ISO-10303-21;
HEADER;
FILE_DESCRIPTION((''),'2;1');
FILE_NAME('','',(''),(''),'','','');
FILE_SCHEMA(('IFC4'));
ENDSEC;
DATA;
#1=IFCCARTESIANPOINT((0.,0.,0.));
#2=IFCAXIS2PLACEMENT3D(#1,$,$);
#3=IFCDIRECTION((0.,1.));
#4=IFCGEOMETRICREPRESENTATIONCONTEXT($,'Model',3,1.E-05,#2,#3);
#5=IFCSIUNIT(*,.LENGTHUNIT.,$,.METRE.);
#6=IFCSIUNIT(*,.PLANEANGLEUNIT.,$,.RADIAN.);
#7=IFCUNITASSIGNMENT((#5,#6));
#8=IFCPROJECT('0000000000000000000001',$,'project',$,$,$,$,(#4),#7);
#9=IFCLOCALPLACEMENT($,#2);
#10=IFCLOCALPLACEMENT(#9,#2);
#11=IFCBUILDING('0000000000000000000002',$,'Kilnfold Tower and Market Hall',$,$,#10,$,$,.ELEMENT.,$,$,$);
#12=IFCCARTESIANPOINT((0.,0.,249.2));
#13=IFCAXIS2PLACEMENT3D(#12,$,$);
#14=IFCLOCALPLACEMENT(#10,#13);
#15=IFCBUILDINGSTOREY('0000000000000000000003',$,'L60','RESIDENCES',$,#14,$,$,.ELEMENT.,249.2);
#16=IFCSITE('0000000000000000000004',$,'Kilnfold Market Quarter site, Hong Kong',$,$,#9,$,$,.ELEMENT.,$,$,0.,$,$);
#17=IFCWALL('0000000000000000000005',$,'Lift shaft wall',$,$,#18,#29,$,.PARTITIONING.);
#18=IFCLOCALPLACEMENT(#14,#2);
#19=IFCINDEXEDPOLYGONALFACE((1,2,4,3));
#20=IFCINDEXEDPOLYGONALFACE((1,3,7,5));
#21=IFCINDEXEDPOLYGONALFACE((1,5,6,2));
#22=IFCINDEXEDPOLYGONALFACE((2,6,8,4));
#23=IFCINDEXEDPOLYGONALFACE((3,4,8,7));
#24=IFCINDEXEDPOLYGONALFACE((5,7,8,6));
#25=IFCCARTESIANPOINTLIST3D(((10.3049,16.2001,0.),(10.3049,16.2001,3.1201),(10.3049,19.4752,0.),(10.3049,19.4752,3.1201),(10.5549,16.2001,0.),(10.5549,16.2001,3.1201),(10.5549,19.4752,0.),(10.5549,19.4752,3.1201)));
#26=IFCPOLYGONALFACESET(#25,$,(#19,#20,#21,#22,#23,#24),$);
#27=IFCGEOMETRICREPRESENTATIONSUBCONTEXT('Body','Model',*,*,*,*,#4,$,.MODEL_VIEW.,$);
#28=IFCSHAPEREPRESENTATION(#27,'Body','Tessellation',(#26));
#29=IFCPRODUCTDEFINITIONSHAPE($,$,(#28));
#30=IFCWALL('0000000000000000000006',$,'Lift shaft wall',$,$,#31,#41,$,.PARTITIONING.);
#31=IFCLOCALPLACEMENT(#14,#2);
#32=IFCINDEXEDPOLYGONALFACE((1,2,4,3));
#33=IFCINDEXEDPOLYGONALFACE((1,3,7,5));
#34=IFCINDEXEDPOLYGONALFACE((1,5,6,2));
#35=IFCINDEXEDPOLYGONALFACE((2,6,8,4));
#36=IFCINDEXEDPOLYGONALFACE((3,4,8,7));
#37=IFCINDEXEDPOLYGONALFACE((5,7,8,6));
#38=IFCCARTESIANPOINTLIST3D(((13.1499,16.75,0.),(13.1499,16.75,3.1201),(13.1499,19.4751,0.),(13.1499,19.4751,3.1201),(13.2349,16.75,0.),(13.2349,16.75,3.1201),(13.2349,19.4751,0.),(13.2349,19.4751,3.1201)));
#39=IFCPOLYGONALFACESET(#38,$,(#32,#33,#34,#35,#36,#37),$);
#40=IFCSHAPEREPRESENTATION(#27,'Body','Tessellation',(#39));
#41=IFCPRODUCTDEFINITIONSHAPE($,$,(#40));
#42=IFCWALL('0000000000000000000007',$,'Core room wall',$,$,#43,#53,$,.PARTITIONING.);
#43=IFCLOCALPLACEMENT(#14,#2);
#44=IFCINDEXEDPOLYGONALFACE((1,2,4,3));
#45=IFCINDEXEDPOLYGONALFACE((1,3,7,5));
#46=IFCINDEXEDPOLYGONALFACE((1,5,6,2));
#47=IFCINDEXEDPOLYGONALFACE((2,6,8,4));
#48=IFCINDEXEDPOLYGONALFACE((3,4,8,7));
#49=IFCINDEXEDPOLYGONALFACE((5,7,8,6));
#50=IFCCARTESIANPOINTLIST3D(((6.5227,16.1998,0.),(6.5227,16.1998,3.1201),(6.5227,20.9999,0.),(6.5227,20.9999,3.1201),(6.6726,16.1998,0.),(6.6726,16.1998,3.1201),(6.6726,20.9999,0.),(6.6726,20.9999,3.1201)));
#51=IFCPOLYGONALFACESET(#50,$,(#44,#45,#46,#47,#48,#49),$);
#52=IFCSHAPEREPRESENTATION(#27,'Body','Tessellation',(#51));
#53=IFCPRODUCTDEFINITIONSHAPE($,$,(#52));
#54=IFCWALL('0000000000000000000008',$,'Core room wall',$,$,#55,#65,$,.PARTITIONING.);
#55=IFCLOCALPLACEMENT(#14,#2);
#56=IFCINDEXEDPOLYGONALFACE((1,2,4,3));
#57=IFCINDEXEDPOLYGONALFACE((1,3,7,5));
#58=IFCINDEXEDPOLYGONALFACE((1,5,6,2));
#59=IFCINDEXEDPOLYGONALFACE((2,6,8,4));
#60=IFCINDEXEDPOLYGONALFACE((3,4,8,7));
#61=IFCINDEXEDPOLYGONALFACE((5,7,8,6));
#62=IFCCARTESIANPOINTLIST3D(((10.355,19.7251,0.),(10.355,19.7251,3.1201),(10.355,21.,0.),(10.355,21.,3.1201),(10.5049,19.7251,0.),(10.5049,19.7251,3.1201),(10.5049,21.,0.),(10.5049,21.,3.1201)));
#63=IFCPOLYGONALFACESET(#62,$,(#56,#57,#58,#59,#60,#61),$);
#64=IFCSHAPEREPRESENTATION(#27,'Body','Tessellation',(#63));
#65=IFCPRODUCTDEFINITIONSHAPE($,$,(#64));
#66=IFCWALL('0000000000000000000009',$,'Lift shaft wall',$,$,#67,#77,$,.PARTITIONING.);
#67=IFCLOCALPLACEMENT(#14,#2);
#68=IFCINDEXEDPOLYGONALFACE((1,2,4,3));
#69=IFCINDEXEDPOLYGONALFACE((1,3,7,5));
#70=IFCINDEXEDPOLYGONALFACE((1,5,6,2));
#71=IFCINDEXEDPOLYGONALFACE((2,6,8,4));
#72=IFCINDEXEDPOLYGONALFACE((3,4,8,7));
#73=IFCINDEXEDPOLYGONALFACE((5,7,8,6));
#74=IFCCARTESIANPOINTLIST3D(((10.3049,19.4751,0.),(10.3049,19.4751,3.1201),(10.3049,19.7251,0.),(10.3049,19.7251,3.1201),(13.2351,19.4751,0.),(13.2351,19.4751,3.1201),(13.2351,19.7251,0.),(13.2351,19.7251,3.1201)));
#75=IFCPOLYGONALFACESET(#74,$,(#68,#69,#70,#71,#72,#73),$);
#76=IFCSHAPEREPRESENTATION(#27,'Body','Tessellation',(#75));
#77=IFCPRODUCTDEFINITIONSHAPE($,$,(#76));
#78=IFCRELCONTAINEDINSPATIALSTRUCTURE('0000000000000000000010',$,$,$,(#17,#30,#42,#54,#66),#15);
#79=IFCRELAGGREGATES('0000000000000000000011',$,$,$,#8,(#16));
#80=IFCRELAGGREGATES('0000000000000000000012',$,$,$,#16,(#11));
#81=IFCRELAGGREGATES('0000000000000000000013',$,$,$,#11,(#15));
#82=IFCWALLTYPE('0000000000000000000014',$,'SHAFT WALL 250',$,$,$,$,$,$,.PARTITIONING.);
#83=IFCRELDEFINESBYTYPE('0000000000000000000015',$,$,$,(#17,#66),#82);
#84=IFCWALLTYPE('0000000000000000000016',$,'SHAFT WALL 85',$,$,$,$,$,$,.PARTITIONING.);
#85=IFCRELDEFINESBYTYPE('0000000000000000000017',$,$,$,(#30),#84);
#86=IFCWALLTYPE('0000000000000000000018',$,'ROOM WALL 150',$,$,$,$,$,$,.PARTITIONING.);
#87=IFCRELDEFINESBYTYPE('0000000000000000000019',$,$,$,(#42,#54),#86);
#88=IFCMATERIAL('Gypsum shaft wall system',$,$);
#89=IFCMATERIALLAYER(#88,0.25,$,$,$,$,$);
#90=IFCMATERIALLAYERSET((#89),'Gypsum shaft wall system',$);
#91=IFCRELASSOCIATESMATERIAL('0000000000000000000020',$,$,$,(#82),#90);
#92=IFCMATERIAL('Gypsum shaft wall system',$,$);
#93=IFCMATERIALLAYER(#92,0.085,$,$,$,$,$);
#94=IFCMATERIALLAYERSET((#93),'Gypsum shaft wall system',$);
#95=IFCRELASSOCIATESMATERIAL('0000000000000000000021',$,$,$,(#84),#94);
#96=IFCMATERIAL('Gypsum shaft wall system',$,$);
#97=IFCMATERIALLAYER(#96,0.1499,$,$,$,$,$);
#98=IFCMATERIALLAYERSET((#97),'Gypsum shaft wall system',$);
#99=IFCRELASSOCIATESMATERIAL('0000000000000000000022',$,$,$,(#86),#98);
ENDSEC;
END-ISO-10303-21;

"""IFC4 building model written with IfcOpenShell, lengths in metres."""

from ifc_helpers import new_model, si_unit, direction, frame, frame_2d, origin, place, context, subcontext, project, spatial, rectangle, extrude, source, transform, mapped, material, layer, layer_set, type_object, element, save


model = new_model("IFC4")

# Units and contexts
model_context = context("Model", 3, precision=1e-05, world=origin(), true_north=direction((0.0, 1.0)))
body_context = subcontext(model_context, "Body", "Model", "MODEL_VIEW")
ifc_project = project(units=[si_unit("LENGTHUNIT", "METRE"), si_unit("PLANEANGLEUNIT", "RADIAN")], contexts=[model_context])

# Site, building, storey
site_placement = place(None, origin())
site = spatial("IfcSite", under=ifc_project, at=site_placement, Name="Kilnfold Market Quarter site, Hong Kong", CompositionType="ELEMENT", RefElevation=0.0)
building_placement = place(site_placement, origin())
building = spatial("IfcBuilding", under=site, at=building_placement, Name="Kilnfold Tower and Market Hall", CompositionType="ELEMENT")
storey_placement = place(building_placement, frame((0.0, 0.0, 249.2)))
storey = spatial("IfcBuildingStorey", under=building, at=storey_placement, Name="L60", Description="RESIDENCES", CompositionType="ELEMENT", Elevation=249.2)

# Walls
ifc_material_1 = material(Name="Gypsum shaft wall system")
ifc_layer_1 = layer(ifc_material_1, 0.25)
ifc_layer_set_1 = layer_set([ifc_layer_1], Name="Gypsum shaft wall system")
wall_type_1 = type_object("IfcWallType", Name="SHAFT WALL 250", PredefinedType="PARTITIONING", material=ifc_layer_set_1)
shared_shape_1 = source(origin(), body_context, "Body", "SweptSolid", [
    extrude(rectangle(XDim=3.2751, YDim=0.25, at=frame_2d((1.6377, 0.0))), origin(), (0.0, 0.0, 1.0), 3.1201),
])
wall_1_placement = place(storey_placement, frame((10.4299, 16.2, 0.0), z_axis=(0.0, 0.0, 1.0), x_axis=(0.0, 1.0, 0.0)))
element("IfcWall", 1, at=wall_1_placement, inside=storey, type_object=wall_type_1, Name="Lift shaft wall", PredefinedType="PARTITIONING", context=body_context, shape_type="MappedRepresentation", body=[
    mapped(shared_shape_1, transform((0.0, 0.0, 0.0))),
])
ifc_material_2 = material(Name="Gypsum shaft wall system")
ifc_layer_2 = layer(ifc_material_2, 0.085)
ifc_layer_set_2 = layer_set([ifc_layer_2], Name="Gypsum shaft wall system")
wall_type_2 = type_object("IfcWallType", Name="SHAFT WALL 85", PredefinedType="PARTITIONING", material=ifc_layer_set_2)
shared_shape_2 = source(origin(), body_context, "Body", "SweptSolid", [
    extrude(rectangle(XDim=2.7251, YDim=0.085, at=frame_2d((1.3625, 0.0))), origin(), (0.0, 0.0, 1.0), 3.1201),
])
wall_2_placement = place(storey_placement, frame((13.1924, 16.75, 0.0), z_axis=(0.0, 0.0, 1.0), x_axis=(0.0, 1.0, 0.0)))
element("IfcWall", 2, at=wall_2_placement, inside=storey, type_object=wall_type_2, Name="Lift shaft wall", PredefinedType="PARTITIONING", context=body_context, shape_type="MappedRepresentation", body=[
    mapped(shared_shape_2, transform((0.0, 0.0, 0.0))),
])
ifc_material_3 = material(Name="Gypsum shaft wall system")
ifc_layer_3 = layer(ifc_material_3, 0.1499)
ifc_layer_set_3 = layer_set([ifc_layer_3], Name="Gypsum shaft wall system")
wall_type_3 = type_object("IfcWallType", Name="ROOM WALL 150", PredefinedType="PARTITIONING", material=ifc_layer_set_3)
shared_shape_3 = source(origin(), body_context, "Body", "SweptSolid", [
    extrude(rectangle(XDim=4.8, YDim=0.1499, at=frame_2d((2.3999, 0.0))), origin(), (0.0, 0.0, 1.0), 3.1201),
])
wall_3_placement = place(storey_placement, frame((6.5977, 16.2, 0.0), z_axis=(0.0, 0.0, 1.0), x_axis=(0.0, 1.0, 0.0)))
element("IfcWall", 3, at=wall_3_placement, inside=storey, type_object=wall_type_3, Name="Core room wall", PredefinedType="PARTITIONING", context=body_context, shape_type="MappedRepresentation", body=[
    mapped(shared_shape_3, transform((0.0, 0.0, 0.0))),
])
shared_shape_4 = source(origin(), body_context, "Body", "SweptSolid", [
    extrude(rectangle(XDim=1.2749, YDim=0.1499, at=frame_2d((0.6375, 0.0))), origin(), (0.0, 0.0, 1.0), 3.1201),
])
wall_4_placement = place(storey_placement, frame((10.4299, 19.7251, 0.0), z_axis=(0.0, 0.0, 1.0), x_axis=(0.0, 1.0, 0.0)))
element("IfcWall", 4, at=wall_4_placement, inside=storey, type_object=wall_type_3, Name="Core room wall", PredefinedType="PARTITIONING", context=body_context, shape_type="MappedRepresentation", body=[
    mapped(shared_shape_4, transform((0.0, 0.0, 0.0))),
])
shared_shape_5 = source(origin(), body_context, "Body", "SweptSolid", [
    extrude(rectangle(XDim=2.9302, YDim=0.25, at=frame_2d((1.4651, 0.0))), origin(), (0.0, 0.0, 1.0), 3.1201),
])
wall_5_placement = place(storey_placement, frame((10.3049, 19.6001, 0.0), z_axis=(0.0, 0.0, 1.0), x_axis=(1.0, 0.0, 0.0)))
element("IfcWall", 5, at=wall_5_placement, inside=storey, type_object=wall_type_1, Name="Lift shaft wall", PredefinedType="PARTITIONING", context=body_context, shape_type="MappedRepresentation", body=[
    mapped(shared_shape_5, transform((0.0, 0.0, 0.0))),
])

save(model, "model.ifc")
